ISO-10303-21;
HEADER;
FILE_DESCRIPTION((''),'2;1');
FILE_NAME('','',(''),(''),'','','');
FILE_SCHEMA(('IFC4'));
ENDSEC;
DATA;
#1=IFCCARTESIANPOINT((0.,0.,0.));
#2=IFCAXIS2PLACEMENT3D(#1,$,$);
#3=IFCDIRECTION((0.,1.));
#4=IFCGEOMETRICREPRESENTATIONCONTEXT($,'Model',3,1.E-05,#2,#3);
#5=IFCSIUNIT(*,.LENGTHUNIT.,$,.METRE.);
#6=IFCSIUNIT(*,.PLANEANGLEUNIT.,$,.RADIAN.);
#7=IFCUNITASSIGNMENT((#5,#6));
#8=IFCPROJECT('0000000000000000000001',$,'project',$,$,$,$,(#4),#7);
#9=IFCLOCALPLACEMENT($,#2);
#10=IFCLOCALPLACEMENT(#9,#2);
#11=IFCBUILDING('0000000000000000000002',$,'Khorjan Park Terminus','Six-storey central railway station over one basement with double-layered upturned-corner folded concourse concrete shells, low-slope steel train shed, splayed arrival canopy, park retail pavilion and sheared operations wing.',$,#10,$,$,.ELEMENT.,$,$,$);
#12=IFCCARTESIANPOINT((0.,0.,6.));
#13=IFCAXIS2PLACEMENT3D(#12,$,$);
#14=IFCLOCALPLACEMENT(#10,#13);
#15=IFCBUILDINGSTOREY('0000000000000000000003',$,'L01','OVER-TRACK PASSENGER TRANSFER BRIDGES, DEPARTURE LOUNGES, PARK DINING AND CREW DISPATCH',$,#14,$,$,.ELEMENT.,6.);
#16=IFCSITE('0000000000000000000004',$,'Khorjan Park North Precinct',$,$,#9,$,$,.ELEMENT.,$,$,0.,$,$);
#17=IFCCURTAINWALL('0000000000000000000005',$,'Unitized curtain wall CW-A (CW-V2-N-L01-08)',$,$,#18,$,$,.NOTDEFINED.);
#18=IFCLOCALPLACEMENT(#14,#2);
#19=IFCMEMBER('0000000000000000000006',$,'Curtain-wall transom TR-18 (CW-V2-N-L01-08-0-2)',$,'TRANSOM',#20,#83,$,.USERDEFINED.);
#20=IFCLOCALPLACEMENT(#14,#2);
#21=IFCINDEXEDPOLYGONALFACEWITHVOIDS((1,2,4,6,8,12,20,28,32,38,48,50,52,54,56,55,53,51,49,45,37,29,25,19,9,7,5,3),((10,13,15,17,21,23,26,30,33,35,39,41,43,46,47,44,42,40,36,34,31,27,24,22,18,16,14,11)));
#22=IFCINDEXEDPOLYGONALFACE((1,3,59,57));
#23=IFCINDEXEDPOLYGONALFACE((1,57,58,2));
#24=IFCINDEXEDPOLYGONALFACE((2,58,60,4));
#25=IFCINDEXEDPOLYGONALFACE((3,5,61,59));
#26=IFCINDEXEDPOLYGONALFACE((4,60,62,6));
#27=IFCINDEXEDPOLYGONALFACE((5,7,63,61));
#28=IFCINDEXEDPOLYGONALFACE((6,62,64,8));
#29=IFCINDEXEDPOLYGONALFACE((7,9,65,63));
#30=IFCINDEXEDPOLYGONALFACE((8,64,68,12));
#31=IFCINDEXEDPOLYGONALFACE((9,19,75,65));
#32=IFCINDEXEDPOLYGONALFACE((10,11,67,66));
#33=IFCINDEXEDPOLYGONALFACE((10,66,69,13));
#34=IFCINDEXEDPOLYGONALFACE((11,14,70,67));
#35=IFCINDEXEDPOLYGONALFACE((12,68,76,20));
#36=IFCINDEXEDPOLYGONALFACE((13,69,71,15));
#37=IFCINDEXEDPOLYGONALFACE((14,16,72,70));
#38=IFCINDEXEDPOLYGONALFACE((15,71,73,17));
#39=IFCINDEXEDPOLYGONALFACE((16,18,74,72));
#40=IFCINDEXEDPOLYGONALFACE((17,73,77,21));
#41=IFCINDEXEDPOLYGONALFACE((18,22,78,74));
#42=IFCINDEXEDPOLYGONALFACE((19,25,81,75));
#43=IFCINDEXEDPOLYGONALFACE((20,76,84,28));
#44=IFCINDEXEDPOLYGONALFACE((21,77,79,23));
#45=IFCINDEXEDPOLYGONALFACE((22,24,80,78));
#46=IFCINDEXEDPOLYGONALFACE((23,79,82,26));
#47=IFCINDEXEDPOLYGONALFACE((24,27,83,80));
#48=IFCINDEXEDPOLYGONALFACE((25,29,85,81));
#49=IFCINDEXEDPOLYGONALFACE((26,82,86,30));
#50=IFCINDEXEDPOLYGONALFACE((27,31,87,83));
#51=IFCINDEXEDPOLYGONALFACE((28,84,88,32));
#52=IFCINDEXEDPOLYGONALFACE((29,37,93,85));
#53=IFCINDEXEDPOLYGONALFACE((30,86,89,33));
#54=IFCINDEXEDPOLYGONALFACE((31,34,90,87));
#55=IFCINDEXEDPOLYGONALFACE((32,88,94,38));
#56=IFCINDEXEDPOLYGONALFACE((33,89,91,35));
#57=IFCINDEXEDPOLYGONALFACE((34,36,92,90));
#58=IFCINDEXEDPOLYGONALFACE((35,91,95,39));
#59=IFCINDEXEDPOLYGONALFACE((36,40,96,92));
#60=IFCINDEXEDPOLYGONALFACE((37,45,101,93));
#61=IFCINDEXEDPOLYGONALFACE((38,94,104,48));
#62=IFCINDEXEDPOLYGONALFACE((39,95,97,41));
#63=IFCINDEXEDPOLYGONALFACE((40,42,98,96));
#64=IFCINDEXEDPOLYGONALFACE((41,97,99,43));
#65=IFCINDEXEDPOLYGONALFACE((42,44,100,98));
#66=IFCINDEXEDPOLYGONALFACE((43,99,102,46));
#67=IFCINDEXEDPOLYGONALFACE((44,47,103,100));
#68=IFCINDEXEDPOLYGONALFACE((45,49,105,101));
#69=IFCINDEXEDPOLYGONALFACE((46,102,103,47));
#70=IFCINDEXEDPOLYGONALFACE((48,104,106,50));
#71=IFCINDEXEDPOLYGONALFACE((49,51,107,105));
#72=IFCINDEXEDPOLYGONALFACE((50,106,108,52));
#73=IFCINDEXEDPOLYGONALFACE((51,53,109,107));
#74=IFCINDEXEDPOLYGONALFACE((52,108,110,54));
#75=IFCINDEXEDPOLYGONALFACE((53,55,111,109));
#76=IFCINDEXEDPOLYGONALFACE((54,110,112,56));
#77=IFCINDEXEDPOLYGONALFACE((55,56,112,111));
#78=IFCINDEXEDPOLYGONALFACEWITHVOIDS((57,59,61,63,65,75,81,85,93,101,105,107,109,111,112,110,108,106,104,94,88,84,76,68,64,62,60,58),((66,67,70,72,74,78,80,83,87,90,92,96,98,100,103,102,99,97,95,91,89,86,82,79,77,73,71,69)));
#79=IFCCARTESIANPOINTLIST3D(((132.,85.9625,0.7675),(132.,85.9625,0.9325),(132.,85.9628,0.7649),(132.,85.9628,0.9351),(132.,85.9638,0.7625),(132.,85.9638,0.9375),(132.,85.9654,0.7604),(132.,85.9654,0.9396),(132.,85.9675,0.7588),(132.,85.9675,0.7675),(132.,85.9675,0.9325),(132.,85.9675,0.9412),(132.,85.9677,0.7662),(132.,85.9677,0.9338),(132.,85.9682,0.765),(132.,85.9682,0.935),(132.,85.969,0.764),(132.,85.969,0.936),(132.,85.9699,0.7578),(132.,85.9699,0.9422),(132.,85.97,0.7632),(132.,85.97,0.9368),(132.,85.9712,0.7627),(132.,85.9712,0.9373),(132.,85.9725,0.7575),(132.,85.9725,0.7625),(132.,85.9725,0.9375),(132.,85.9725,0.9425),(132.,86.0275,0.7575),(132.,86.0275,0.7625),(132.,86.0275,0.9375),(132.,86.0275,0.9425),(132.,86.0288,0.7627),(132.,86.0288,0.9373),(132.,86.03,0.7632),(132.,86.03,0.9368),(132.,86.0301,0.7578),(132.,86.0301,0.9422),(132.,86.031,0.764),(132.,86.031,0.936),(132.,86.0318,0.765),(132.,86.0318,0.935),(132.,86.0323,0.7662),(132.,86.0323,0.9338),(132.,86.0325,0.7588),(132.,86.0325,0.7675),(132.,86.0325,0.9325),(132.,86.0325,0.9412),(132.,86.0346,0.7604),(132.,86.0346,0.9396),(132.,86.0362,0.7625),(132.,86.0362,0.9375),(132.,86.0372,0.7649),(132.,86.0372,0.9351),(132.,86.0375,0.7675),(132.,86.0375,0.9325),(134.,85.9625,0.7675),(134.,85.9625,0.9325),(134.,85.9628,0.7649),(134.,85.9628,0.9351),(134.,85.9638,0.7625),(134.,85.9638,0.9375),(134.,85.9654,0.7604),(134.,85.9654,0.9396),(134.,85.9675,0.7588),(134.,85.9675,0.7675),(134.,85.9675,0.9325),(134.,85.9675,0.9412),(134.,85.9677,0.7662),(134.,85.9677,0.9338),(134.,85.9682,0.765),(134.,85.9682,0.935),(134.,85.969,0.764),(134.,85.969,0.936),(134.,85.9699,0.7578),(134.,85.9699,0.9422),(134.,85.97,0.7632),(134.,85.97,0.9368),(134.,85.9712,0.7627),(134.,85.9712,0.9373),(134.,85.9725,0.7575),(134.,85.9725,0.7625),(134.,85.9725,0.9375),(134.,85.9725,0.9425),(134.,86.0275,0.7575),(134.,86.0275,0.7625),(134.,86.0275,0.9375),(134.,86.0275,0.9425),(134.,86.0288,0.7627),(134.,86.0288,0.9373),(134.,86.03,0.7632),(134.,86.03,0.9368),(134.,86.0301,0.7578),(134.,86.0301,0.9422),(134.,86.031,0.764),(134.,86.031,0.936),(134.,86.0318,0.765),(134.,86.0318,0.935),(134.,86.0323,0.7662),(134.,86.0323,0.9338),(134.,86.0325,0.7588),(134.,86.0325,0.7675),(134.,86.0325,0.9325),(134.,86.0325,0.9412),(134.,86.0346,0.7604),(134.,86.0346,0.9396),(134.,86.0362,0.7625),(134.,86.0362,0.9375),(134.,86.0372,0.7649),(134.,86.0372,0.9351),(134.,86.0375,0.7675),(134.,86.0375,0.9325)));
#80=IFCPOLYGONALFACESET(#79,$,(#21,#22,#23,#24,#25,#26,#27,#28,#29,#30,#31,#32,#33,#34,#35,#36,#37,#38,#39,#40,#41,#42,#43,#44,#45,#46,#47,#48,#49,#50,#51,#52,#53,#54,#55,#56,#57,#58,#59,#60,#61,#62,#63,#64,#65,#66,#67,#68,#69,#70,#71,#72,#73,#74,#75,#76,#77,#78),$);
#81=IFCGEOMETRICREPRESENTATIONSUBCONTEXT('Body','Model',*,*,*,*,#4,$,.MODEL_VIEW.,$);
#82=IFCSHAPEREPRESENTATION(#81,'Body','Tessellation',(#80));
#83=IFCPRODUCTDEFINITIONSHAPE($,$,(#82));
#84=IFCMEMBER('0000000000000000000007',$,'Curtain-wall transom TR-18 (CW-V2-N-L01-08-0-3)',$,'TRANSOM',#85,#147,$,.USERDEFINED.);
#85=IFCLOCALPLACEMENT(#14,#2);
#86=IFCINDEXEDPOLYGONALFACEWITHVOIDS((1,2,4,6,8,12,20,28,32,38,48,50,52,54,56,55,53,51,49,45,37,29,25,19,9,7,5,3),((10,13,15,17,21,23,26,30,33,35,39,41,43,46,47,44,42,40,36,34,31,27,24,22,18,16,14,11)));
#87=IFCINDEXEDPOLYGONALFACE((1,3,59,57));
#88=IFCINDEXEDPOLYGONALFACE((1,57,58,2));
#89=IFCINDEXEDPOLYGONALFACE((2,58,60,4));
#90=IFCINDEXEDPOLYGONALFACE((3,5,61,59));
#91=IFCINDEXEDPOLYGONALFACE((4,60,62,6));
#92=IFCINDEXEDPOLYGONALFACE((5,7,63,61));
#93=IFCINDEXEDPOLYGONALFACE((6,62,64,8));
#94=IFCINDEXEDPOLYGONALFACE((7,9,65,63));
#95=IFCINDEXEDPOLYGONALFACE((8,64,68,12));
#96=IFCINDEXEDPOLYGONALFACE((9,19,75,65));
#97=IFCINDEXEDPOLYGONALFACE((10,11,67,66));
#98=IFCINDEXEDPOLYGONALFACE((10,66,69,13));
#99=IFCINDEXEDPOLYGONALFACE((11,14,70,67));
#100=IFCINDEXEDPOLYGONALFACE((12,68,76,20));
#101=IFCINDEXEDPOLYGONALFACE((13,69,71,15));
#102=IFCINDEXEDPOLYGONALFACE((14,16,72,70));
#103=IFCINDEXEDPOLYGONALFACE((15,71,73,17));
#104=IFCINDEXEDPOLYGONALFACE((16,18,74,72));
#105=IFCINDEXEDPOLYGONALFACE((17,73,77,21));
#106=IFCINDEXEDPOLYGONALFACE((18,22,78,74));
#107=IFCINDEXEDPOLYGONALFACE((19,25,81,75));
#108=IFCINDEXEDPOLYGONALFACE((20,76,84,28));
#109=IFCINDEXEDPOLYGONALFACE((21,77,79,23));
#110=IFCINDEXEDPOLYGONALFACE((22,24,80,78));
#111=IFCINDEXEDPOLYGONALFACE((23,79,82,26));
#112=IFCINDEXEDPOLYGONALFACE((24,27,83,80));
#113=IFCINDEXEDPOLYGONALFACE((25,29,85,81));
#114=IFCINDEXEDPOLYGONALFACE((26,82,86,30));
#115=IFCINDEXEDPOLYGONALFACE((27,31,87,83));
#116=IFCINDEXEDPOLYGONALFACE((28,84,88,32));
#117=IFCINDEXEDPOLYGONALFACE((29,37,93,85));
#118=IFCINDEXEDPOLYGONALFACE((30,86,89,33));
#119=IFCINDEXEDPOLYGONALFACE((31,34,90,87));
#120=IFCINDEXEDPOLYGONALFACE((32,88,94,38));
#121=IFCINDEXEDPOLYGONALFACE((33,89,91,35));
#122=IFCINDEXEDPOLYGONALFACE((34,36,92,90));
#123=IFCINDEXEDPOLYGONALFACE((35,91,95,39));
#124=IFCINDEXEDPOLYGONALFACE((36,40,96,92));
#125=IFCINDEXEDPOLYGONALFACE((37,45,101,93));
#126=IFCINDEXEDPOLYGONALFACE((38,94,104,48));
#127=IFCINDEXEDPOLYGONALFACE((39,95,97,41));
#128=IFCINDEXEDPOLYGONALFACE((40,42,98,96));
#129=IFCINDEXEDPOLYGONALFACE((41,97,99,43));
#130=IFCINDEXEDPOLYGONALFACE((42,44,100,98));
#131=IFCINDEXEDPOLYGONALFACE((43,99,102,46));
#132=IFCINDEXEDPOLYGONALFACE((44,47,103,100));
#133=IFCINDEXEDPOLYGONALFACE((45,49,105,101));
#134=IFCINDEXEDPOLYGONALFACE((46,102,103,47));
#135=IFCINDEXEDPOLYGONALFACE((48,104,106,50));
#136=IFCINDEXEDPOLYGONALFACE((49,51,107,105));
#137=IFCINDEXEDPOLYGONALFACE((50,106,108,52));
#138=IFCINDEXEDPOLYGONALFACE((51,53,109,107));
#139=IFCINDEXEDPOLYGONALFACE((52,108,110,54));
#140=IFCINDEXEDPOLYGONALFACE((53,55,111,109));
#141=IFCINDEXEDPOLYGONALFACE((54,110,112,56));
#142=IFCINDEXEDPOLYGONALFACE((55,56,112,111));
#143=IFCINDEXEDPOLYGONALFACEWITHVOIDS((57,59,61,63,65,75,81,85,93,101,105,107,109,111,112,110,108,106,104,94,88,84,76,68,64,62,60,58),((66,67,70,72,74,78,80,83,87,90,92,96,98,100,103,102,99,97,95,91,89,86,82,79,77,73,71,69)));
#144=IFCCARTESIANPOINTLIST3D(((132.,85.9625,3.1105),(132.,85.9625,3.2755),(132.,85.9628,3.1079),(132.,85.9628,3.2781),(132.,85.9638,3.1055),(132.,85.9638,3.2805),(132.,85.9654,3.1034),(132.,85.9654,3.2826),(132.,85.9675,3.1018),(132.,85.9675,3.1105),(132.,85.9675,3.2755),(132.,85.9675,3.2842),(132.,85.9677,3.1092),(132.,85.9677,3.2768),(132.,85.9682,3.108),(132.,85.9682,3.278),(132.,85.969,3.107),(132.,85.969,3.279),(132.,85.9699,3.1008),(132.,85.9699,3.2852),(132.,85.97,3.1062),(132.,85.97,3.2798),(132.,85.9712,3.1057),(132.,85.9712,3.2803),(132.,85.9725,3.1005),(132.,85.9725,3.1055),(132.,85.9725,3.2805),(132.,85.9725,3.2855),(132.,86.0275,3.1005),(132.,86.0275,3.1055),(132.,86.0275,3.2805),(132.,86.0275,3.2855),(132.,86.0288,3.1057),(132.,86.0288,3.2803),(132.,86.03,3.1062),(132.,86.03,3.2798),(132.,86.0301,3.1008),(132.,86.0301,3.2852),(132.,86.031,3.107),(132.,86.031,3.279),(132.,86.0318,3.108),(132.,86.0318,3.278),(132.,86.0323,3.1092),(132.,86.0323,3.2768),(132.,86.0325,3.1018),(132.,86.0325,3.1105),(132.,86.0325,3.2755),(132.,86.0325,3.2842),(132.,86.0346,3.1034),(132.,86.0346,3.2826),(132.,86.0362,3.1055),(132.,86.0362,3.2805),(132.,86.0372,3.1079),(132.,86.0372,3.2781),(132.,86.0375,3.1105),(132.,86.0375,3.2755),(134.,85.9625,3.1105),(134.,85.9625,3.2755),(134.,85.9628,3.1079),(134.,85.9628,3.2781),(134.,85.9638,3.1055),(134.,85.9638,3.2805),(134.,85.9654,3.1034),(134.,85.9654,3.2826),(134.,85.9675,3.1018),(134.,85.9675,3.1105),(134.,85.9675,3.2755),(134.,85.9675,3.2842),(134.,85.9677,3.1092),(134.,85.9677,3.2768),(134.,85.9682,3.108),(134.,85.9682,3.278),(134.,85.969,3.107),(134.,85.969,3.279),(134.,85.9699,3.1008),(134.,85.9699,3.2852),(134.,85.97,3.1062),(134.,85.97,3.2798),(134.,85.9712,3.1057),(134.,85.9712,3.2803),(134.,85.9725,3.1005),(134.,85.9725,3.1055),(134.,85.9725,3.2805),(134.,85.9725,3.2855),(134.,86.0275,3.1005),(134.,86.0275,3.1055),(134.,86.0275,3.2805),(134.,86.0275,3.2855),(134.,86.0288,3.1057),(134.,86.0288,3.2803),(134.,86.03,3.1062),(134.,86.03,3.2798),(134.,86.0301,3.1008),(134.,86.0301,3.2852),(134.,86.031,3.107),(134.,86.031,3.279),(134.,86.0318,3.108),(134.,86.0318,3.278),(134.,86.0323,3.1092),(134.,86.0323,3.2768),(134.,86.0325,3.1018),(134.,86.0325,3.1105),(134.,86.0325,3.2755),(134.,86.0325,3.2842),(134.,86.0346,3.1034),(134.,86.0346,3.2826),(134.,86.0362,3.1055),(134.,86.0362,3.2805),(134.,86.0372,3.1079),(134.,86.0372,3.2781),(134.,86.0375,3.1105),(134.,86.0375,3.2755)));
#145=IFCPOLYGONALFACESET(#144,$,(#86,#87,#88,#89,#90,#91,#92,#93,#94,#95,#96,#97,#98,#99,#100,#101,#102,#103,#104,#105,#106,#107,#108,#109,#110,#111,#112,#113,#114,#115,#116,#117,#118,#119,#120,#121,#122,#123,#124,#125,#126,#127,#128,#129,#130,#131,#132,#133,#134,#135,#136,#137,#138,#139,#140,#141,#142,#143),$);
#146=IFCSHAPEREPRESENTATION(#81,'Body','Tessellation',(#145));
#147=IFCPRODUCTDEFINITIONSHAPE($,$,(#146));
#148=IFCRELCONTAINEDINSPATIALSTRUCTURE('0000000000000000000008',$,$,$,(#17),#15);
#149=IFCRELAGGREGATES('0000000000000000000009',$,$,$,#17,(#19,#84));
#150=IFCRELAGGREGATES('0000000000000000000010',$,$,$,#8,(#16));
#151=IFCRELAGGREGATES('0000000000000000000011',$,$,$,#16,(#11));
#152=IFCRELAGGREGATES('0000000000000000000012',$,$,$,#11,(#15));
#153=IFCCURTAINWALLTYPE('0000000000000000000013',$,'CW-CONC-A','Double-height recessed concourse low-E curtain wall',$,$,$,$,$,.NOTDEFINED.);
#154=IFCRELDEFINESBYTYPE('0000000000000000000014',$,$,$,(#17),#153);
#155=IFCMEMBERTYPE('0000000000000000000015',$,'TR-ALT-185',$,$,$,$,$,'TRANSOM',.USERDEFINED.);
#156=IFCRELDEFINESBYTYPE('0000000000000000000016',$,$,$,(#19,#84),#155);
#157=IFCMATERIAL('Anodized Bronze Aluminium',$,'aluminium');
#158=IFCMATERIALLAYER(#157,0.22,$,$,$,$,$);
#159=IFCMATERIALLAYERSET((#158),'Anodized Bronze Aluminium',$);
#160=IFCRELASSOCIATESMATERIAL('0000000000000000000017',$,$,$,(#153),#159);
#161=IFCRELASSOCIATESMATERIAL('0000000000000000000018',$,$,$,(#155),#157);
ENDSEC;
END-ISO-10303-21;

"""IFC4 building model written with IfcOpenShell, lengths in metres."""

from ifc_helpers import new_model, si_unit, direction, frame, origin, origin_2d, place, context, subcontext, project, spatial, hollow_rectangle, extrude, material, layer, layer_set, material_profile, profile_set, type_object, element, aggregate, save


model = new_model("IFC4")

# Units and contexts
model_context = context("Model", 3, precision=1e-05, world=origin(), true_north=direction((0.0, 1.0)))
body_context = subcontext(model_context, "Body", "Model", "MODEL_VIEW")
ifc_project = project(units=[si_unit("LENGTHUNIT", "METRE"), si_unit("PLANEANGLEUNIT", "RADIAN")], contexts=[model_context])

# Site, building, storey
site_placement = place(None, origin())
site = spatial("IfcSite", under=ifc_project, at=site_placement, Name="Khorjan Park North Precinct", CompositionType="ELEMENT", RefElevation=0.0)
building_placement = place(site_placement, origin())
building = spatial("IfcBuilding", under=site, at=building_placement, Name="Khorjan Park Terminus", Description="Six-storey central railway station over one basement with double-layered upturned-corner folded concourse concrete shells, low-slope steel train shed, splayed arrival canopy, park retail pavilion and sheared operations wing.", CompositionType="ELEMENT")
storey_placement = place(building_placement, frame((0.0, 0.0, 6.0)))
storey = spatial("IfcBuildingStorey", under=building, at=storey_placement, Name="L01", Description="OVER-TRACK PASSENGER TRANSFER BRIDGES, DEPARTURE LOUNGES, PARK DINING AND CREW DISPATCH", CompositionType="ELEMENT", Elevation=6.0)

# Curtain wall
ifc_material_1 = material(Name="Anodized Bronze Aluminium", Category="aluminium")
ifc_layer_1 = layer(ifc_material_1, 0.22)
ifc_layer_set_1 = layer_set([ifc_layer_1], Name="Anodized Bronze Aluminium")
curtain_wall_type = type_object("IfcCurtainWallType", Name="CW-CONC-A", Description="Double-height recessed concourse low-E curtain wall", PredefinedType="NOTDEFINED", material=ifc_layer_set_1)
curtain_wall_1_placement = place(storey_placement, origin())
curtain_wall_1 = element("IfcCurtainWall", 1, at=curtain_wall_1_placement, inside=storey, type_object=curtain_wall_type, Name="Unitized curtain wall CW-A (CW-V2-N-L01-08)", PredefinedType="NOTDEFINED")

# Members
ifc_material_profile_1 = material_profile(ifc_material_1, hollow_rectangle(XDim=0.075, YDim=0.185, WallThickness=0.005, InnerFilletRadius=0.005, OuterFilletRadius=0.01, at=origin_2d()), Name="ALT 75x185x5")
ifc_profile_set_1 = profile_set([ifc_material_profile_1], Name="Anodized Bronze Aluminium")
member_type_1 = type_object("IfcMemberType", Name="TR-ALT-185", ElementType="TRANSOM", PredefinedType="USERDEFINED", material=ifc_profile_set_1)
member_1_placement = place(storey_placement, frame((134.0, 86.0, 0.85), z_axis=(-1.0, 0.0, 0.0), x_axis=(0.0, -1.0, 0.0)))
member_1 = element("IfcMember", 2, at=member_1_placement, type_object=member_type_1, Name="Curtain-wall transom TR-18 (CW-V2-N-L01-08-0-2)", ObjectType="TRANSOM", PredefinedType="USERDEFINED", context=body_context, shape_type="SweptSolid", body=[
    extrude(hollow_rectangle(XDim=0.075, YDim=0.185, WallThickness=0.005, InnerFilletRadius=0.005, OuterFilletRadius=0.01, at=origin_2d()), origin(), (0.0, 0.0, 1.0), 2.0),
])
member_2_placement = place(storey_placement, frame((134.0, 86.0, 3.193), z_axis=(-1.0, 0.0, 0.0), x_axis=(0.0, -1.0, 0.0)))
member_2 = element("IfcMember", 3, at=member_2_placement, type_object=member_type_1, Name="Curtain-wall transom TR-18 (CW-V2-N-L01-08-0-3)", ObjectType="TRANSOM", PredefinedType="USERDEFINED", context=body_context, shape_type="SweptSolid", body=[
    extrude(hollow_rectangle(XDim=0.075, YDim=0.185, WallThickness=0.005, InnerFilletRadius=0.005, OuterFilletRadius=0.01, at=origin_2d()), origin(), (0.0, 0.0, 1.0), 2.0),
])
aggregate(curtain_wall_1, [member_1, member_2])

save(model, "model.ifc")
